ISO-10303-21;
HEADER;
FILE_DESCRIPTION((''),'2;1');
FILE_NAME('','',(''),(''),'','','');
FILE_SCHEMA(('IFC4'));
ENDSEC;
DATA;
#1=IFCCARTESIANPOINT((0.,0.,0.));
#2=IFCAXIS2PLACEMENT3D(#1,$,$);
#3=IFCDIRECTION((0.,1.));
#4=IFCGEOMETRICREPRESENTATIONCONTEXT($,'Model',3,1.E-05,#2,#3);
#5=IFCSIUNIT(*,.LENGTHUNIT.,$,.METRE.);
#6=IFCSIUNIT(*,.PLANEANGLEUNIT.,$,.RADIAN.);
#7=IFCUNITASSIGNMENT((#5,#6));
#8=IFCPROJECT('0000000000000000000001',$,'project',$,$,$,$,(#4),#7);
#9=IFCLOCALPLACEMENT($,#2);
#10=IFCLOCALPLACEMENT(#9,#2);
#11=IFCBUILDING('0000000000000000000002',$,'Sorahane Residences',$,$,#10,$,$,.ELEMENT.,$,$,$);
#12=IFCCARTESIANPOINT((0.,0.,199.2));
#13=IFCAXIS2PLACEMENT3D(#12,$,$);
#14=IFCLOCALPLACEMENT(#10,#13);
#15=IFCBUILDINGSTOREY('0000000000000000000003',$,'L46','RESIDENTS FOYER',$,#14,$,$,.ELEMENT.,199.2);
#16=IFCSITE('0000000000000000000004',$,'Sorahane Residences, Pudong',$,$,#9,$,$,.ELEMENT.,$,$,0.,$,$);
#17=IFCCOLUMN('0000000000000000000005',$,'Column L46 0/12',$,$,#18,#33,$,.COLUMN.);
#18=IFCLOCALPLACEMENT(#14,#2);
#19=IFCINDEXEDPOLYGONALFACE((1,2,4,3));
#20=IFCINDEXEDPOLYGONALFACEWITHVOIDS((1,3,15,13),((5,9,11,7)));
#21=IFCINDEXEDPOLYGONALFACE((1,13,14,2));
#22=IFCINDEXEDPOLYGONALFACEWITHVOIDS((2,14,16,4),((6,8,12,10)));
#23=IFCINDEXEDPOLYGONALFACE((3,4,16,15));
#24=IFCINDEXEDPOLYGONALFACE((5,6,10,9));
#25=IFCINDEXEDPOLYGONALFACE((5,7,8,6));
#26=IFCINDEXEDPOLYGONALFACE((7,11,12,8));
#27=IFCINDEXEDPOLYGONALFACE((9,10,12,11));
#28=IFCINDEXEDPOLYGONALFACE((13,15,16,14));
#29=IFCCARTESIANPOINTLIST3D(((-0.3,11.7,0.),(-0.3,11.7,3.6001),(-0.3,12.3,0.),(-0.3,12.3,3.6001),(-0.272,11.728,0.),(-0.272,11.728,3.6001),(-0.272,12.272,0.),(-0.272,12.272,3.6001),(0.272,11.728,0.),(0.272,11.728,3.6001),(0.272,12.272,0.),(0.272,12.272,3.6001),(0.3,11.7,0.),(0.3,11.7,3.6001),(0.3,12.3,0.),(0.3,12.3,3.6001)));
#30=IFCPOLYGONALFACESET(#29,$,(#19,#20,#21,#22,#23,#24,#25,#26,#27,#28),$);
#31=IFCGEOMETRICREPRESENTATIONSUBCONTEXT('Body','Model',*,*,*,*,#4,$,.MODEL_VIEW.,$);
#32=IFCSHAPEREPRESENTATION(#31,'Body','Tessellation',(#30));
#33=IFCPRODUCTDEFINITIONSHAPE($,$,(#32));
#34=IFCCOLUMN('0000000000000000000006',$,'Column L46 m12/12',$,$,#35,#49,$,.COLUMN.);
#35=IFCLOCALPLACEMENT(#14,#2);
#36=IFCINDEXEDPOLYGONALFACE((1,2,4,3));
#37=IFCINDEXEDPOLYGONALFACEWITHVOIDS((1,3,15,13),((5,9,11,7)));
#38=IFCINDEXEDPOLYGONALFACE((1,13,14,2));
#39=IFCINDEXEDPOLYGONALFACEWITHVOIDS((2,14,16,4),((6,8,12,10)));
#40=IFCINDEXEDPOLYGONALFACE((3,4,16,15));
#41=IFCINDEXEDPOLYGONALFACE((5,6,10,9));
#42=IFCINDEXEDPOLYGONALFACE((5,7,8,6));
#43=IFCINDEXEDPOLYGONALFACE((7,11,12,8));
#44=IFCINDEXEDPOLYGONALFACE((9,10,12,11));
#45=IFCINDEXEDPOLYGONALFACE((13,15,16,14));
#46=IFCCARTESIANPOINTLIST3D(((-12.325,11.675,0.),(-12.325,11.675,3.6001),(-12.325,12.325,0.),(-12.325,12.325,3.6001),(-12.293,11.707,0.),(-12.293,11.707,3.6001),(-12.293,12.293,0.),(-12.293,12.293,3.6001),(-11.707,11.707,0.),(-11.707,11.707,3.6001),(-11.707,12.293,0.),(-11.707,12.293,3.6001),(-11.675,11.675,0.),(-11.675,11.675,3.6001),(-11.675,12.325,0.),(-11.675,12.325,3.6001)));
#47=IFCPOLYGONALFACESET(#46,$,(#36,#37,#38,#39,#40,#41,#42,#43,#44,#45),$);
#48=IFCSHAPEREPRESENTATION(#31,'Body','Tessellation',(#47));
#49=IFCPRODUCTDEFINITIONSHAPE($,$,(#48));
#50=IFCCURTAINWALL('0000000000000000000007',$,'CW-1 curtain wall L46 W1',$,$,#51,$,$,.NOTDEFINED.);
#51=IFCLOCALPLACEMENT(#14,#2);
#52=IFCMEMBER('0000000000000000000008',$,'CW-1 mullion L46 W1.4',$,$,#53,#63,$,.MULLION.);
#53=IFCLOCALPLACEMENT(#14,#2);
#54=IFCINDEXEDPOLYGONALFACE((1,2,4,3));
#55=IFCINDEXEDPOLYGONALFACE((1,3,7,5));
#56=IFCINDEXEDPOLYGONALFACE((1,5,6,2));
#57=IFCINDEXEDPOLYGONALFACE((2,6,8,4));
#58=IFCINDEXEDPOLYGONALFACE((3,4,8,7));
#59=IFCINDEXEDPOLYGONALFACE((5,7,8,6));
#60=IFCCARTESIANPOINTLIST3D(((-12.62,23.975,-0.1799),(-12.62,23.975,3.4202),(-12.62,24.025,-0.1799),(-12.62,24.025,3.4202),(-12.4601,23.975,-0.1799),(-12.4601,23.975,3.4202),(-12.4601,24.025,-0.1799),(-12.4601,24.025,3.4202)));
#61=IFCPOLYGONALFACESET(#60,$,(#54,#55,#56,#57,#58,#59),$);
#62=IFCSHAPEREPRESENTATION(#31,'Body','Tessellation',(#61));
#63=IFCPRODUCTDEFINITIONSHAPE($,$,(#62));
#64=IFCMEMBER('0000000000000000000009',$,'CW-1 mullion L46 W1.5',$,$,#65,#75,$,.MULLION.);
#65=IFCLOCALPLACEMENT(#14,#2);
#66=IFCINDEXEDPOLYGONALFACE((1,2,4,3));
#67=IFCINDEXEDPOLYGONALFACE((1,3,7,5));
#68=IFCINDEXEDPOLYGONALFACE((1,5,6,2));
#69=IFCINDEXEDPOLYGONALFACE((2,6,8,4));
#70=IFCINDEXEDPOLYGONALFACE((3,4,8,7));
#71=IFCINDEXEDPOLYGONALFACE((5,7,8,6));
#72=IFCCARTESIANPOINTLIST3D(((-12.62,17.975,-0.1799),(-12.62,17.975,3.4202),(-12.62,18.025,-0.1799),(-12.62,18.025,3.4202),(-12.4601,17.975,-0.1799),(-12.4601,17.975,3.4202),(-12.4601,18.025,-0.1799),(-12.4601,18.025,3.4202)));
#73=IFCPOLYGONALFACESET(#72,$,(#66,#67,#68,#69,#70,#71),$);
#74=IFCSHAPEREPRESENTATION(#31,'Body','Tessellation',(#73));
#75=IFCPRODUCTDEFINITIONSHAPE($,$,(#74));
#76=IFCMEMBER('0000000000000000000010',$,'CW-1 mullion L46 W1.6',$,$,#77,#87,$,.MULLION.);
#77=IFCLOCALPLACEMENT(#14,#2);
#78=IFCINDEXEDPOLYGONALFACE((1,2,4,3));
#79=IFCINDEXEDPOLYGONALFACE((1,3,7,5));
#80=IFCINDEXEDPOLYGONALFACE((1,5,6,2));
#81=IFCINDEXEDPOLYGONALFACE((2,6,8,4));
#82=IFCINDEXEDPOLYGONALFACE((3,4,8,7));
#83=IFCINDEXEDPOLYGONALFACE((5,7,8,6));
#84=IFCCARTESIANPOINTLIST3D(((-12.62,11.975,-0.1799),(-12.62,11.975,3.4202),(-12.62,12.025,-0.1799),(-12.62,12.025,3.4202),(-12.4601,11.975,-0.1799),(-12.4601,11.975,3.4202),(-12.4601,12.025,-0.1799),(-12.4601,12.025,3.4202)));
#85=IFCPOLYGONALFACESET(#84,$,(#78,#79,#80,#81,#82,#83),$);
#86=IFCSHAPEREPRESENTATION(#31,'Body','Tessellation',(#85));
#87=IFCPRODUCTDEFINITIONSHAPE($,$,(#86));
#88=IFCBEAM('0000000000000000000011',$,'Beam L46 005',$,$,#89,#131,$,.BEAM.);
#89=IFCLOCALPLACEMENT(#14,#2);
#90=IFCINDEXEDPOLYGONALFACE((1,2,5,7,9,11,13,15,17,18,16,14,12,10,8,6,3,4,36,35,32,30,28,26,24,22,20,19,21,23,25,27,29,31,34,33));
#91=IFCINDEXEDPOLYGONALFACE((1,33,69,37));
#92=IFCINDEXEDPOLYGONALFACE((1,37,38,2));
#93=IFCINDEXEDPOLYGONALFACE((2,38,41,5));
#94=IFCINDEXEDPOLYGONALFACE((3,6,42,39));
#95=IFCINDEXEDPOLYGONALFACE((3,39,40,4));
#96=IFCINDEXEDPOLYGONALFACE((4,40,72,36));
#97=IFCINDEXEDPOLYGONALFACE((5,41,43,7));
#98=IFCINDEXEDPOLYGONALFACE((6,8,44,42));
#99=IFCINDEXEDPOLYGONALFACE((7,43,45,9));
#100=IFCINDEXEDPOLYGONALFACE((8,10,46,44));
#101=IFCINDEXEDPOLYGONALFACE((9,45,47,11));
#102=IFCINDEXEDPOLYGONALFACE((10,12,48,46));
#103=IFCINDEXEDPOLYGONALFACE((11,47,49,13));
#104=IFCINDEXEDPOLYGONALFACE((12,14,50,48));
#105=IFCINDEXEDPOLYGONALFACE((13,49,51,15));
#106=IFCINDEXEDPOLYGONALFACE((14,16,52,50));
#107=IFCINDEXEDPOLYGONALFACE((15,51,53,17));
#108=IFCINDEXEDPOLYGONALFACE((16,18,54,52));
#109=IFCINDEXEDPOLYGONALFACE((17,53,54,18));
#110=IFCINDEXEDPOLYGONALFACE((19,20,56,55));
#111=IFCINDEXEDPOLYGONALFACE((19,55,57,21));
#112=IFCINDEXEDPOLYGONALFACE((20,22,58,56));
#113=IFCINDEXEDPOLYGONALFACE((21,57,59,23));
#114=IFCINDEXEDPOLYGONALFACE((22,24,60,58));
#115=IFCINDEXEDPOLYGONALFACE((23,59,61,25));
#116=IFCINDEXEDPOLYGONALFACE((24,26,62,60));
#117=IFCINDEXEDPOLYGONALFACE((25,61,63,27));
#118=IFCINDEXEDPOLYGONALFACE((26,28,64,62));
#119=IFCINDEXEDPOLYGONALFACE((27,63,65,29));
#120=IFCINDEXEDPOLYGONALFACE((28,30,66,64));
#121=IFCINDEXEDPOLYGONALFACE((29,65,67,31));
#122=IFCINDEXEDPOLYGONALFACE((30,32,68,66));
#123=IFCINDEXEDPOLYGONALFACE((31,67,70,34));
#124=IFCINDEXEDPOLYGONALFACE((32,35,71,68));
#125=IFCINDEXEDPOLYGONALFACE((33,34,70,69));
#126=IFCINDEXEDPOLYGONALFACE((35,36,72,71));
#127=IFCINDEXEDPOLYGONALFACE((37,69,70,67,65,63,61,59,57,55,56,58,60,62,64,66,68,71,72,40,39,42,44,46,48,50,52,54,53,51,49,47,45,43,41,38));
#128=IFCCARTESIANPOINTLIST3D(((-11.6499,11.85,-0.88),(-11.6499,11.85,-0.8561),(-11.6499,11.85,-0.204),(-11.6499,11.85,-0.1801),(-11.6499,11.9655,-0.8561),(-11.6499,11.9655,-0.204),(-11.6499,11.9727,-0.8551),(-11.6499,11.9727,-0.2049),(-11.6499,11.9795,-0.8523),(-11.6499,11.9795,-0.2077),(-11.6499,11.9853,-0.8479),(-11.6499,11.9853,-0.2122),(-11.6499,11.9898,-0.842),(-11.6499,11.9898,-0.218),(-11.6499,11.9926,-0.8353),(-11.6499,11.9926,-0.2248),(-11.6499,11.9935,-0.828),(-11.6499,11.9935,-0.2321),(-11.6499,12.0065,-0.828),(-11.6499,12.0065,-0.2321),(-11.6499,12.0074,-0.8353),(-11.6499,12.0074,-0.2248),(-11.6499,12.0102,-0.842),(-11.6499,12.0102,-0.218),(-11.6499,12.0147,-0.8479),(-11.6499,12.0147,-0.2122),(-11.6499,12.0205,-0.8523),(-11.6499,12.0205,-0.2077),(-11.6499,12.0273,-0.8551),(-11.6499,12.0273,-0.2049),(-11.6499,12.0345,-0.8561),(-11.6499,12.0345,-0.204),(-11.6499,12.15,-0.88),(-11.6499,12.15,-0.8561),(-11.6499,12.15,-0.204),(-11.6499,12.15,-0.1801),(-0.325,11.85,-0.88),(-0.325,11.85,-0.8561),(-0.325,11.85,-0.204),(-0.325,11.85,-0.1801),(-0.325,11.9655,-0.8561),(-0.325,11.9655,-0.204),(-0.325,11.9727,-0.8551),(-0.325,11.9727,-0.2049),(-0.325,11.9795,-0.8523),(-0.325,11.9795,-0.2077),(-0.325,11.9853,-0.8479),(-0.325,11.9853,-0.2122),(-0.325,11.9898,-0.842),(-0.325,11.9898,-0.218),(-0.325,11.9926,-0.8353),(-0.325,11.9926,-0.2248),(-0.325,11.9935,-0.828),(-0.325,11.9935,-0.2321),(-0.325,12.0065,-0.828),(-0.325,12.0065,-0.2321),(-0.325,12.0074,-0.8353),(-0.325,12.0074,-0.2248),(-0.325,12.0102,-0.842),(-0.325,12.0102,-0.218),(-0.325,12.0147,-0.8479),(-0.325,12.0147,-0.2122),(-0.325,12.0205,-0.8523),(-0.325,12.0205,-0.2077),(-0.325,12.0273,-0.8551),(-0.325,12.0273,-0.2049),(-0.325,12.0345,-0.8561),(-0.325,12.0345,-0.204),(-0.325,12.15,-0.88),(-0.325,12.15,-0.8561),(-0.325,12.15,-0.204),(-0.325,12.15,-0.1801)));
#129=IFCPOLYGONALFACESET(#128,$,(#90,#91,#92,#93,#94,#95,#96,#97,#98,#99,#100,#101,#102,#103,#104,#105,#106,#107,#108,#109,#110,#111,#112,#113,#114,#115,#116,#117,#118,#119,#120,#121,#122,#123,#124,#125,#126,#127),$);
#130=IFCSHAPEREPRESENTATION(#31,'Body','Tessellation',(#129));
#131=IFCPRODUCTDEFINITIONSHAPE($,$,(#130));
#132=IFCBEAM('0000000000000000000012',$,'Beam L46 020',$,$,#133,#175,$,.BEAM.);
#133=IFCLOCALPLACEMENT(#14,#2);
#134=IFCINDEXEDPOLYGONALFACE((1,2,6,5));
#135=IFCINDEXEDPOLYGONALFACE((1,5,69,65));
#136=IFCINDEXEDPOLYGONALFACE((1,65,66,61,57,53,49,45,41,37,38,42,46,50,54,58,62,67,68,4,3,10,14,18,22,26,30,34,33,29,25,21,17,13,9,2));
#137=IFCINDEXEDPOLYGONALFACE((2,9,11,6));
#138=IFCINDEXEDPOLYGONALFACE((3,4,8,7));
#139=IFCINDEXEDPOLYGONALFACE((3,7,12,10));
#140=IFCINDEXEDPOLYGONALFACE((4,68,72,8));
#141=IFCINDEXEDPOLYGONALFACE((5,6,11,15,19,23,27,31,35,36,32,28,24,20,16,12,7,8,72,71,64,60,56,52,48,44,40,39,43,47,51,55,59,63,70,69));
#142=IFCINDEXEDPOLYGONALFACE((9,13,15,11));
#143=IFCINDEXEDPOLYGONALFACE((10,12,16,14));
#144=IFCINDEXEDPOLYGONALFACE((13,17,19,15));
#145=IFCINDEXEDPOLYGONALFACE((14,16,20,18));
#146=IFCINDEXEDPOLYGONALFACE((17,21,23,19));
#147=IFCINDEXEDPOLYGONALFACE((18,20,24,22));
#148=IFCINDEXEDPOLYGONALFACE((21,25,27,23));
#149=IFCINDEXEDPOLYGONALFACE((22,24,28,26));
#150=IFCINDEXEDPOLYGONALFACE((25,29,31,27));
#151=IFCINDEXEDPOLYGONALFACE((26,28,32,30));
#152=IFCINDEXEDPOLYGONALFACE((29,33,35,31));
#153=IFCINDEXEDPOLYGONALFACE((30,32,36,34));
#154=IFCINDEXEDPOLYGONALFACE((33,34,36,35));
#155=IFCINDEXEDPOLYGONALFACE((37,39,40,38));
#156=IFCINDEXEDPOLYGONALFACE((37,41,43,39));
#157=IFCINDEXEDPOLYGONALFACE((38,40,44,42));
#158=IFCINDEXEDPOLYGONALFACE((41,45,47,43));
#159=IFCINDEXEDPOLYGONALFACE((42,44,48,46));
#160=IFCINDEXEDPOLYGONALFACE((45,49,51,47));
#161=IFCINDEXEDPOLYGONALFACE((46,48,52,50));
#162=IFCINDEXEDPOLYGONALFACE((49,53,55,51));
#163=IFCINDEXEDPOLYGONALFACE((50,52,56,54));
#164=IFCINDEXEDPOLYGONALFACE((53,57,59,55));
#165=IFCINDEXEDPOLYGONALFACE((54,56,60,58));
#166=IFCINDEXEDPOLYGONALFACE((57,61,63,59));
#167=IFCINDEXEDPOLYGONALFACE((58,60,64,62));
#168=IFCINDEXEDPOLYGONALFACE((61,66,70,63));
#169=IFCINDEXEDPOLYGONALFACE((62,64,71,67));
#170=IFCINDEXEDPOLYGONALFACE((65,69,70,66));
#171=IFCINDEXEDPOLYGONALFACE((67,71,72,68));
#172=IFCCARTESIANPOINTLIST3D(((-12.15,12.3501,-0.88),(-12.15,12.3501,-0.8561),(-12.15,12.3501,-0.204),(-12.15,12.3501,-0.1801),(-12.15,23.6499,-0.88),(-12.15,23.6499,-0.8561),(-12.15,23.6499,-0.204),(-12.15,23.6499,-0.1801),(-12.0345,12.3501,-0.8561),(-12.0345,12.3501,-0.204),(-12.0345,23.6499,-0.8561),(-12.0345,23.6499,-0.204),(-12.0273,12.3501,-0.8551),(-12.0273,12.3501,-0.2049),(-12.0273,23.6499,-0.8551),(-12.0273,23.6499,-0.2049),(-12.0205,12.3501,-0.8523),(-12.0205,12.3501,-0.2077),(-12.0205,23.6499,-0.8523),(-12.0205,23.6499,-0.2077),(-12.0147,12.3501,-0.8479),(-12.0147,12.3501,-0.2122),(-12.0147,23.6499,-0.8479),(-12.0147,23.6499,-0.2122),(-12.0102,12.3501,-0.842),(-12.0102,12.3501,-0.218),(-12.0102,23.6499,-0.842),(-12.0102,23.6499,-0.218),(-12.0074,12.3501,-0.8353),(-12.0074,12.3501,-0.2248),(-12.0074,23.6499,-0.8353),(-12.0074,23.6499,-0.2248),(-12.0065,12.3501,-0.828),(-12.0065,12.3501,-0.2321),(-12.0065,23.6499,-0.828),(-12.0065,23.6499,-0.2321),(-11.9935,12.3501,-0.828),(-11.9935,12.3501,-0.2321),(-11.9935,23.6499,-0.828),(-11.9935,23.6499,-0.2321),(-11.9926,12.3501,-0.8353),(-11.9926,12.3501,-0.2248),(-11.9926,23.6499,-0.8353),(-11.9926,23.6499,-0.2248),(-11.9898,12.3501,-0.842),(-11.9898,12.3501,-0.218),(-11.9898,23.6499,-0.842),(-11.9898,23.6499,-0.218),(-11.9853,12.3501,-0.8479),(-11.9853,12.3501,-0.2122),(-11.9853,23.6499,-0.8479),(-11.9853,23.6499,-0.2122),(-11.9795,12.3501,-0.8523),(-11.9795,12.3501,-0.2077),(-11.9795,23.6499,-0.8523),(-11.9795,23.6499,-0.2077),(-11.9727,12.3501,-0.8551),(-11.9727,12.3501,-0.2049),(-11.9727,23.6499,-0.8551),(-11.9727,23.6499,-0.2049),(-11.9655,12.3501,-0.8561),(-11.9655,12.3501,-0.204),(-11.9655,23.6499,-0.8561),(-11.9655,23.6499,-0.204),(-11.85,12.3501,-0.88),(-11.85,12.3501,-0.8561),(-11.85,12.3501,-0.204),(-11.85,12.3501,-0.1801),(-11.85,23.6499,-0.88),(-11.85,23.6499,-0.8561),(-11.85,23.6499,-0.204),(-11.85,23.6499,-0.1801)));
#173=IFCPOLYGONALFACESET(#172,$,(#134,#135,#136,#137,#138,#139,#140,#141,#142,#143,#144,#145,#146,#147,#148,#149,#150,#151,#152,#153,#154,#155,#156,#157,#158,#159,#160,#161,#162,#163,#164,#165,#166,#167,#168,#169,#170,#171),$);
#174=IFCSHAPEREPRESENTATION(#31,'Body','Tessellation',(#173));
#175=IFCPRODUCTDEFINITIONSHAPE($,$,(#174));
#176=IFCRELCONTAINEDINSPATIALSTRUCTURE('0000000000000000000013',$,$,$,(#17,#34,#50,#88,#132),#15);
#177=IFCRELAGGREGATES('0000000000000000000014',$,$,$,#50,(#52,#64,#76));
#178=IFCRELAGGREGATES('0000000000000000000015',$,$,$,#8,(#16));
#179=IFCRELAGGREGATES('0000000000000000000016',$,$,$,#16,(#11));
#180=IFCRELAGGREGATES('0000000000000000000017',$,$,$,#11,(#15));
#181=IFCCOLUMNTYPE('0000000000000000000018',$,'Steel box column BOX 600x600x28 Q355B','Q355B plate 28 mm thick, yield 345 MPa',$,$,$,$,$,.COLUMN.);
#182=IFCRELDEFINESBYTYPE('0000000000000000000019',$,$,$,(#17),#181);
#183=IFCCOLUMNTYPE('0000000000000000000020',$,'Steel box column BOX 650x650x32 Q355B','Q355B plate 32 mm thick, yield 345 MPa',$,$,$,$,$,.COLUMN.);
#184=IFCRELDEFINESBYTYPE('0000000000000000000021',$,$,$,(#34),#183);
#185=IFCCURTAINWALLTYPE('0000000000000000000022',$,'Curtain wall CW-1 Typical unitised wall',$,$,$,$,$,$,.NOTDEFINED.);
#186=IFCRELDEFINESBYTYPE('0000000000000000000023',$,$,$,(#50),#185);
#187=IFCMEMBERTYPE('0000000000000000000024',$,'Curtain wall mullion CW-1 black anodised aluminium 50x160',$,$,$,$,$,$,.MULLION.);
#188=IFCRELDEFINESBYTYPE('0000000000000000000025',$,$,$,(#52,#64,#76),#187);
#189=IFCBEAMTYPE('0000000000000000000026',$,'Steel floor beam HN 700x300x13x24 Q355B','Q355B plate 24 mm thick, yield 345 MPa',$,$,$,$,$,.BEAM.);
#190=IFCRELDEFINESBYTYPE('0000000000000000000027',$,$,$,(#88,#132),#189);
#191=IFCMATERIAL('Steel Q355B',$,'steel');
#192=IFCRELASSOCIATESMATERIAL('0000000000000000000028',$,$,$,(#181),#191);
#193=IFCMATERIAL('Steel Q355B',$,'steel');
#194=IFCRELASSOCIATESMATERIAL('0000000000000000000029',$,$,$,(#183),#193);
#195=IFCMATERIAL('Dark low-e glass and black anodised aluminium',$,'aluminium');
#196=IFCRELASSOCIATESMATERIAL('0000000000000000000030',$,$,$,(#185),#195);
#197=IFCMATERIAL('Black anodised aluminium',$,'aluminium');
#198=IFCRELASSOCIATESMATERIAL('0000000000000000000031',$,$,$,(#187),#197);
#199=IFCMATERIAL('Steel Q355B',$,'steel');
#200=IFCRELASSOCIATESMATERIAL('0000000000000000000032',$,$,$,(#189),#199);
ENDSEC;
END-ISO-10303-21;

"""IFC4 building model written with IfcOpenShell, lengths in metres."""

from ifc_helpers import new_model, si_unit, direction, frame, origin, origin_2d, place, context, subcontext, project, spatial, rectangle, hollow_rectangle, i_section, extrude, material, material_profile, profile_set, type_object, element, aggregate, save


model = new_model("IFC4")

# Units and contexts
model_context = context("Model", 3, precision=1e-05, world=origin(), true_north=direction((0.0, 1.0)))
body_context = subcontext(model_context, "Body", "Model", "MODEL_VIEW")
ifc_project = project(units=[si_unit("LENGTHUNIT", "METRE"), si_unit("PLANEANGLEUNIT", "RADIAN")], contexts=[model_context])

# Site, building, storey
site_placement = place(None, origin())
site = spatial("IfcSite", under=ifc_project, at=site_placement, Name="Sorahane Residences, Pudong", CompositionType="ELEMENT", RefElevation=0.0)
building_placement = place(site_placement, origin())
building = spatial("IfcBuilding", under=site, at=building_placement, Name="Sorahane Residences", CompositionType="ELEMENT")
storey_placement = place(building_placement, frame((0.0, 0.0, 199.2)))
storey = spatial("IfcBuildingStorey", under=building, at=storey_placement, Name="L46", Description="RESIDENTS FOYER", CompositionType="ELEMENT", Elevation=199.2)

# Columns
ifc_material_1 = material(Name="Steel Q355B", Category="steel")
ifc_material_profile_1 = material_profile(ifc_material_1, hollow_rectangle(XDim=0.6001, YDim=0.6001, WallThickness=0.0281, at=origin_2d()), Name="BOX 600x600x28")
ifc_profile_set_1 = profile_set([ifc_material_profile_1], Name="Steel Q355B")
column_type_1 = type_object("IfcColumnType", Name="Steel box column BOX 600x600x28 Q355B", Description="Q355B plate 28 mm thick, yield 345 MPa", PredefinedType="COLUMN", material=ifc_profile_set_1)
column_1_placement = place(storey_placement, frame((0.0, 12.0, 0.0), z_axis=(0.0, 0.0, 1.0), x_axis=(1.0, 0.0, 0.0)))
element("IfcColumn", 1, at=column_1_placement, inside=storey, type_object=column_type_1, Name="Column L46 0/12", PredefinedType="COLUMN", context=body_context, shape_type="SweptSolid", body=[
    extrude(hollow_rectangle(XDim=0.6001, YDim=0.6001, WallThickness=0.0281, at=origin_2d()), origin(), (0.0, 0.0, 1.0), 3.6001),
])
ifc_material_2 = material(Name="Steel Q355B", Category="steel")
ifc_material_profile_2 = material_profile(ifc_material_2, hollow_rectangle(XDim=0.6499, YDim=0.6499, WallThickness=0.032, at=origin_2d()), Name="BOX 650x650x32")
ifc_profile_set_2 = profile_set([ifc_material_profile_2], Name="Steel Q355B")
column_type_2 = type_object("IfcColumnType", Name="Steel box column BOX 650x650x32 Q355B", Description="Q355B plate 32 mm thick, yield 345 MPa", PredefinedType="COLUMN", material=ifc_profile_set_2)
column_2_placement = place(storey_placement, frame((-12.0, 12.0, 0.0), z_axis=(0.0, 0.0, 1.0), x_axis=(1.0, 0.0, 0.0)))
element("IfcColumn", 2, at=column_2_placement, inside=storey, type_object=column_type_2, Name="Column L46 m12/12", PredefinedType="COLUMN", context=body_context, shape_type="SweptSolid", body=[
    extrude(hollow_rectangle(XDim=0.6499, YDim=0.6499, WallThickness=0.032, at=origin_2d()), origin(), (0.0, 0.0, 1.0), 3.6001),
])

# Curtain wall, members
ifc_material_3 = material(Name="Dark low-e glass and black anodised aluminium", Category="aluminium")
curtain_wall_type = type_object("IfcCurtainWallType", Name="Curtain wall CW-1 Typical unitised wall", PredefinedType="NOTDEFINED", material=ifc_material_3)
curtain_wall_placement = place(storey_placement, origin())
curtain_wall = element("IfcCurtainWall", 3, at=curtain_wall_placement, inside=storey, type_object=curtain_wall_type, Name="CW-1 curtain wall L46 W1", PredefinedType="NOTDEFINED")
ifc_material_4 = material(Name="Black anodised aluminium", Category="aluminium")
ifc_material_profile_3 = material_profile(ifc_material_4, rectangle(XDim=0.1599, YDim=0.05, at=origin_2d()), Name="Curtain wall mullion CW-1 black anodised aluminium 50x160")
ifc_profile_set_3 = profile_set([ifc_material_profile_3], Name="Black anodised aluminium")
member_type = type_object("IfcMemberType", Name="Curtain wall mullion CW-1 black anodised aluminium 50x160", PredefinedType="MULLION", material=ifc_profile_set_3)
member_1_placement = place(storey_placement, frame((-12.54, 24.0, -0.1799), z_axis=(0.0, 0.0, 1.0), x_axis=(-1.0, 0.0, 0.0)))
member_1 = element("IfcMember", 4, at=member_1_placement, type_object=member_type, Name="CW-1 mullion L46 W1.4", PredefinedType="MULLION", context=body_context, shape_type="SweptSolid", body=[
    extrude(rectangle(XDim=0.1599, YDim=0.05, at=origin_2d()), origin(), (0.0, 0.0, 1.0), 3.6001),
])
member_2_placement = place(storey_placement, frame((-12.54, 18.0, -0.1799), z_axis=(0.0, 0.0, 1.0), x_axis=(-1.0, 0.0, 0.0)))
member_2 = element("IfcMember", 5, at=member_2_placement, type_object=member_type, Name="CW-1 mullion L46 W1.5", PredefinedType="MULLION", context=body_context, shape_type="SweptSolid", body=[
    extrude(rectangle(XDim=0.1599, YDim=0.05, at=origin_2d()), origin(), (0.0, 0.0, 1.0), 3.6001),
])
member_3_placement = place(storey_placement, frame((-12.54, 12.0, -0.1799), z_axis=(0.0, 0.0, 1.0), x_axis=(-1.0, 0.0, 0.0)))
member_3 = element("IfcMember", 6, at=member_3_placement, type_object=member_type, Name="CW-1 mullion L46 W1.6", PredefinedType="MULLION", context=body_context, shape_type="SweptSolid", body=[
    extrude(rectangle(XDim=0.1599, YDim=0.05, at=origin_2d()), origin(), (0.0, 0.0, 1.0), 3.6001),
])

# Beams
ifc_material_5 = material(Name="Steel Q355B", Category="steel")
ifc_material_profile_4 = material_profile(ifc_material_5, i_section(OverallWidth=0.3, OverallDepth=0.7, WebThickness=0.0129, FlangeThickness=0.0239, FilletRadius=0.0281, at=origin_2d()), Name="HN 700x300x13x24")
ifc_profile_set_4 = profile_set([ifc_material_profile_4], Name="Steel Q355B")
beam_type = type_object("IfcBeamType", Name="Steel floor beam HN 700x300x13x24 Q355B", Description="Q355B plate 24 mm thick, yield 345 MPa", PredefinedType="BEAM", material=ifc_profile_set_4)
beam_1_placement = place(storey_placement, frame((-11.6499, 12.0, -0.53), z_axis=(1.0, 0.0, 0.0), x_axis=(0.0, 1.0, 0.0)))
element("IfcBeam", 7, at=beam_1_placement, inside=storey, type_object=beam_type, Name="Beam L46 005", PredefinedType="BEAM", context=body_context, shape_type="SweptSolid", body=[
    extrude(i_section(OverallWidth=0.3, OverallDepth=0.7, WebThickness=0.0129, FlangeThickness=0.0239, FilletRadius=0.0281, at=origin_2d()), origin(), (0.0, 0.0, 1.0), 11.325),
])
beam_2_placement = place(storey_placement, frame((-12.0, 12.3501, -0.53), z_axis=(0.0, 1.0, 0.0), x_axis=(-1.0, 0.0, 0.0)))
element("IfcBeam", 8, at=beam_2_placement, inside=storey, type_object=beam_type, Name="Beam L46 020", PredefinedType="BEAM", context=body_context, shape_type="SweptSolid", body=[
    extrude(i_section(OverallWidth=0.3, OverallDepth=0.7, WebThickness=0.0129, FlangeThickness=0.0239, FilletRadius=0.0281, at=origin_2d()), origin(), (0.0, 0.0, 1.0), 11.2998),
])

aggregate(curtain_wall, [member_1, member_2, member_3])

save(model, "model.ifc")
